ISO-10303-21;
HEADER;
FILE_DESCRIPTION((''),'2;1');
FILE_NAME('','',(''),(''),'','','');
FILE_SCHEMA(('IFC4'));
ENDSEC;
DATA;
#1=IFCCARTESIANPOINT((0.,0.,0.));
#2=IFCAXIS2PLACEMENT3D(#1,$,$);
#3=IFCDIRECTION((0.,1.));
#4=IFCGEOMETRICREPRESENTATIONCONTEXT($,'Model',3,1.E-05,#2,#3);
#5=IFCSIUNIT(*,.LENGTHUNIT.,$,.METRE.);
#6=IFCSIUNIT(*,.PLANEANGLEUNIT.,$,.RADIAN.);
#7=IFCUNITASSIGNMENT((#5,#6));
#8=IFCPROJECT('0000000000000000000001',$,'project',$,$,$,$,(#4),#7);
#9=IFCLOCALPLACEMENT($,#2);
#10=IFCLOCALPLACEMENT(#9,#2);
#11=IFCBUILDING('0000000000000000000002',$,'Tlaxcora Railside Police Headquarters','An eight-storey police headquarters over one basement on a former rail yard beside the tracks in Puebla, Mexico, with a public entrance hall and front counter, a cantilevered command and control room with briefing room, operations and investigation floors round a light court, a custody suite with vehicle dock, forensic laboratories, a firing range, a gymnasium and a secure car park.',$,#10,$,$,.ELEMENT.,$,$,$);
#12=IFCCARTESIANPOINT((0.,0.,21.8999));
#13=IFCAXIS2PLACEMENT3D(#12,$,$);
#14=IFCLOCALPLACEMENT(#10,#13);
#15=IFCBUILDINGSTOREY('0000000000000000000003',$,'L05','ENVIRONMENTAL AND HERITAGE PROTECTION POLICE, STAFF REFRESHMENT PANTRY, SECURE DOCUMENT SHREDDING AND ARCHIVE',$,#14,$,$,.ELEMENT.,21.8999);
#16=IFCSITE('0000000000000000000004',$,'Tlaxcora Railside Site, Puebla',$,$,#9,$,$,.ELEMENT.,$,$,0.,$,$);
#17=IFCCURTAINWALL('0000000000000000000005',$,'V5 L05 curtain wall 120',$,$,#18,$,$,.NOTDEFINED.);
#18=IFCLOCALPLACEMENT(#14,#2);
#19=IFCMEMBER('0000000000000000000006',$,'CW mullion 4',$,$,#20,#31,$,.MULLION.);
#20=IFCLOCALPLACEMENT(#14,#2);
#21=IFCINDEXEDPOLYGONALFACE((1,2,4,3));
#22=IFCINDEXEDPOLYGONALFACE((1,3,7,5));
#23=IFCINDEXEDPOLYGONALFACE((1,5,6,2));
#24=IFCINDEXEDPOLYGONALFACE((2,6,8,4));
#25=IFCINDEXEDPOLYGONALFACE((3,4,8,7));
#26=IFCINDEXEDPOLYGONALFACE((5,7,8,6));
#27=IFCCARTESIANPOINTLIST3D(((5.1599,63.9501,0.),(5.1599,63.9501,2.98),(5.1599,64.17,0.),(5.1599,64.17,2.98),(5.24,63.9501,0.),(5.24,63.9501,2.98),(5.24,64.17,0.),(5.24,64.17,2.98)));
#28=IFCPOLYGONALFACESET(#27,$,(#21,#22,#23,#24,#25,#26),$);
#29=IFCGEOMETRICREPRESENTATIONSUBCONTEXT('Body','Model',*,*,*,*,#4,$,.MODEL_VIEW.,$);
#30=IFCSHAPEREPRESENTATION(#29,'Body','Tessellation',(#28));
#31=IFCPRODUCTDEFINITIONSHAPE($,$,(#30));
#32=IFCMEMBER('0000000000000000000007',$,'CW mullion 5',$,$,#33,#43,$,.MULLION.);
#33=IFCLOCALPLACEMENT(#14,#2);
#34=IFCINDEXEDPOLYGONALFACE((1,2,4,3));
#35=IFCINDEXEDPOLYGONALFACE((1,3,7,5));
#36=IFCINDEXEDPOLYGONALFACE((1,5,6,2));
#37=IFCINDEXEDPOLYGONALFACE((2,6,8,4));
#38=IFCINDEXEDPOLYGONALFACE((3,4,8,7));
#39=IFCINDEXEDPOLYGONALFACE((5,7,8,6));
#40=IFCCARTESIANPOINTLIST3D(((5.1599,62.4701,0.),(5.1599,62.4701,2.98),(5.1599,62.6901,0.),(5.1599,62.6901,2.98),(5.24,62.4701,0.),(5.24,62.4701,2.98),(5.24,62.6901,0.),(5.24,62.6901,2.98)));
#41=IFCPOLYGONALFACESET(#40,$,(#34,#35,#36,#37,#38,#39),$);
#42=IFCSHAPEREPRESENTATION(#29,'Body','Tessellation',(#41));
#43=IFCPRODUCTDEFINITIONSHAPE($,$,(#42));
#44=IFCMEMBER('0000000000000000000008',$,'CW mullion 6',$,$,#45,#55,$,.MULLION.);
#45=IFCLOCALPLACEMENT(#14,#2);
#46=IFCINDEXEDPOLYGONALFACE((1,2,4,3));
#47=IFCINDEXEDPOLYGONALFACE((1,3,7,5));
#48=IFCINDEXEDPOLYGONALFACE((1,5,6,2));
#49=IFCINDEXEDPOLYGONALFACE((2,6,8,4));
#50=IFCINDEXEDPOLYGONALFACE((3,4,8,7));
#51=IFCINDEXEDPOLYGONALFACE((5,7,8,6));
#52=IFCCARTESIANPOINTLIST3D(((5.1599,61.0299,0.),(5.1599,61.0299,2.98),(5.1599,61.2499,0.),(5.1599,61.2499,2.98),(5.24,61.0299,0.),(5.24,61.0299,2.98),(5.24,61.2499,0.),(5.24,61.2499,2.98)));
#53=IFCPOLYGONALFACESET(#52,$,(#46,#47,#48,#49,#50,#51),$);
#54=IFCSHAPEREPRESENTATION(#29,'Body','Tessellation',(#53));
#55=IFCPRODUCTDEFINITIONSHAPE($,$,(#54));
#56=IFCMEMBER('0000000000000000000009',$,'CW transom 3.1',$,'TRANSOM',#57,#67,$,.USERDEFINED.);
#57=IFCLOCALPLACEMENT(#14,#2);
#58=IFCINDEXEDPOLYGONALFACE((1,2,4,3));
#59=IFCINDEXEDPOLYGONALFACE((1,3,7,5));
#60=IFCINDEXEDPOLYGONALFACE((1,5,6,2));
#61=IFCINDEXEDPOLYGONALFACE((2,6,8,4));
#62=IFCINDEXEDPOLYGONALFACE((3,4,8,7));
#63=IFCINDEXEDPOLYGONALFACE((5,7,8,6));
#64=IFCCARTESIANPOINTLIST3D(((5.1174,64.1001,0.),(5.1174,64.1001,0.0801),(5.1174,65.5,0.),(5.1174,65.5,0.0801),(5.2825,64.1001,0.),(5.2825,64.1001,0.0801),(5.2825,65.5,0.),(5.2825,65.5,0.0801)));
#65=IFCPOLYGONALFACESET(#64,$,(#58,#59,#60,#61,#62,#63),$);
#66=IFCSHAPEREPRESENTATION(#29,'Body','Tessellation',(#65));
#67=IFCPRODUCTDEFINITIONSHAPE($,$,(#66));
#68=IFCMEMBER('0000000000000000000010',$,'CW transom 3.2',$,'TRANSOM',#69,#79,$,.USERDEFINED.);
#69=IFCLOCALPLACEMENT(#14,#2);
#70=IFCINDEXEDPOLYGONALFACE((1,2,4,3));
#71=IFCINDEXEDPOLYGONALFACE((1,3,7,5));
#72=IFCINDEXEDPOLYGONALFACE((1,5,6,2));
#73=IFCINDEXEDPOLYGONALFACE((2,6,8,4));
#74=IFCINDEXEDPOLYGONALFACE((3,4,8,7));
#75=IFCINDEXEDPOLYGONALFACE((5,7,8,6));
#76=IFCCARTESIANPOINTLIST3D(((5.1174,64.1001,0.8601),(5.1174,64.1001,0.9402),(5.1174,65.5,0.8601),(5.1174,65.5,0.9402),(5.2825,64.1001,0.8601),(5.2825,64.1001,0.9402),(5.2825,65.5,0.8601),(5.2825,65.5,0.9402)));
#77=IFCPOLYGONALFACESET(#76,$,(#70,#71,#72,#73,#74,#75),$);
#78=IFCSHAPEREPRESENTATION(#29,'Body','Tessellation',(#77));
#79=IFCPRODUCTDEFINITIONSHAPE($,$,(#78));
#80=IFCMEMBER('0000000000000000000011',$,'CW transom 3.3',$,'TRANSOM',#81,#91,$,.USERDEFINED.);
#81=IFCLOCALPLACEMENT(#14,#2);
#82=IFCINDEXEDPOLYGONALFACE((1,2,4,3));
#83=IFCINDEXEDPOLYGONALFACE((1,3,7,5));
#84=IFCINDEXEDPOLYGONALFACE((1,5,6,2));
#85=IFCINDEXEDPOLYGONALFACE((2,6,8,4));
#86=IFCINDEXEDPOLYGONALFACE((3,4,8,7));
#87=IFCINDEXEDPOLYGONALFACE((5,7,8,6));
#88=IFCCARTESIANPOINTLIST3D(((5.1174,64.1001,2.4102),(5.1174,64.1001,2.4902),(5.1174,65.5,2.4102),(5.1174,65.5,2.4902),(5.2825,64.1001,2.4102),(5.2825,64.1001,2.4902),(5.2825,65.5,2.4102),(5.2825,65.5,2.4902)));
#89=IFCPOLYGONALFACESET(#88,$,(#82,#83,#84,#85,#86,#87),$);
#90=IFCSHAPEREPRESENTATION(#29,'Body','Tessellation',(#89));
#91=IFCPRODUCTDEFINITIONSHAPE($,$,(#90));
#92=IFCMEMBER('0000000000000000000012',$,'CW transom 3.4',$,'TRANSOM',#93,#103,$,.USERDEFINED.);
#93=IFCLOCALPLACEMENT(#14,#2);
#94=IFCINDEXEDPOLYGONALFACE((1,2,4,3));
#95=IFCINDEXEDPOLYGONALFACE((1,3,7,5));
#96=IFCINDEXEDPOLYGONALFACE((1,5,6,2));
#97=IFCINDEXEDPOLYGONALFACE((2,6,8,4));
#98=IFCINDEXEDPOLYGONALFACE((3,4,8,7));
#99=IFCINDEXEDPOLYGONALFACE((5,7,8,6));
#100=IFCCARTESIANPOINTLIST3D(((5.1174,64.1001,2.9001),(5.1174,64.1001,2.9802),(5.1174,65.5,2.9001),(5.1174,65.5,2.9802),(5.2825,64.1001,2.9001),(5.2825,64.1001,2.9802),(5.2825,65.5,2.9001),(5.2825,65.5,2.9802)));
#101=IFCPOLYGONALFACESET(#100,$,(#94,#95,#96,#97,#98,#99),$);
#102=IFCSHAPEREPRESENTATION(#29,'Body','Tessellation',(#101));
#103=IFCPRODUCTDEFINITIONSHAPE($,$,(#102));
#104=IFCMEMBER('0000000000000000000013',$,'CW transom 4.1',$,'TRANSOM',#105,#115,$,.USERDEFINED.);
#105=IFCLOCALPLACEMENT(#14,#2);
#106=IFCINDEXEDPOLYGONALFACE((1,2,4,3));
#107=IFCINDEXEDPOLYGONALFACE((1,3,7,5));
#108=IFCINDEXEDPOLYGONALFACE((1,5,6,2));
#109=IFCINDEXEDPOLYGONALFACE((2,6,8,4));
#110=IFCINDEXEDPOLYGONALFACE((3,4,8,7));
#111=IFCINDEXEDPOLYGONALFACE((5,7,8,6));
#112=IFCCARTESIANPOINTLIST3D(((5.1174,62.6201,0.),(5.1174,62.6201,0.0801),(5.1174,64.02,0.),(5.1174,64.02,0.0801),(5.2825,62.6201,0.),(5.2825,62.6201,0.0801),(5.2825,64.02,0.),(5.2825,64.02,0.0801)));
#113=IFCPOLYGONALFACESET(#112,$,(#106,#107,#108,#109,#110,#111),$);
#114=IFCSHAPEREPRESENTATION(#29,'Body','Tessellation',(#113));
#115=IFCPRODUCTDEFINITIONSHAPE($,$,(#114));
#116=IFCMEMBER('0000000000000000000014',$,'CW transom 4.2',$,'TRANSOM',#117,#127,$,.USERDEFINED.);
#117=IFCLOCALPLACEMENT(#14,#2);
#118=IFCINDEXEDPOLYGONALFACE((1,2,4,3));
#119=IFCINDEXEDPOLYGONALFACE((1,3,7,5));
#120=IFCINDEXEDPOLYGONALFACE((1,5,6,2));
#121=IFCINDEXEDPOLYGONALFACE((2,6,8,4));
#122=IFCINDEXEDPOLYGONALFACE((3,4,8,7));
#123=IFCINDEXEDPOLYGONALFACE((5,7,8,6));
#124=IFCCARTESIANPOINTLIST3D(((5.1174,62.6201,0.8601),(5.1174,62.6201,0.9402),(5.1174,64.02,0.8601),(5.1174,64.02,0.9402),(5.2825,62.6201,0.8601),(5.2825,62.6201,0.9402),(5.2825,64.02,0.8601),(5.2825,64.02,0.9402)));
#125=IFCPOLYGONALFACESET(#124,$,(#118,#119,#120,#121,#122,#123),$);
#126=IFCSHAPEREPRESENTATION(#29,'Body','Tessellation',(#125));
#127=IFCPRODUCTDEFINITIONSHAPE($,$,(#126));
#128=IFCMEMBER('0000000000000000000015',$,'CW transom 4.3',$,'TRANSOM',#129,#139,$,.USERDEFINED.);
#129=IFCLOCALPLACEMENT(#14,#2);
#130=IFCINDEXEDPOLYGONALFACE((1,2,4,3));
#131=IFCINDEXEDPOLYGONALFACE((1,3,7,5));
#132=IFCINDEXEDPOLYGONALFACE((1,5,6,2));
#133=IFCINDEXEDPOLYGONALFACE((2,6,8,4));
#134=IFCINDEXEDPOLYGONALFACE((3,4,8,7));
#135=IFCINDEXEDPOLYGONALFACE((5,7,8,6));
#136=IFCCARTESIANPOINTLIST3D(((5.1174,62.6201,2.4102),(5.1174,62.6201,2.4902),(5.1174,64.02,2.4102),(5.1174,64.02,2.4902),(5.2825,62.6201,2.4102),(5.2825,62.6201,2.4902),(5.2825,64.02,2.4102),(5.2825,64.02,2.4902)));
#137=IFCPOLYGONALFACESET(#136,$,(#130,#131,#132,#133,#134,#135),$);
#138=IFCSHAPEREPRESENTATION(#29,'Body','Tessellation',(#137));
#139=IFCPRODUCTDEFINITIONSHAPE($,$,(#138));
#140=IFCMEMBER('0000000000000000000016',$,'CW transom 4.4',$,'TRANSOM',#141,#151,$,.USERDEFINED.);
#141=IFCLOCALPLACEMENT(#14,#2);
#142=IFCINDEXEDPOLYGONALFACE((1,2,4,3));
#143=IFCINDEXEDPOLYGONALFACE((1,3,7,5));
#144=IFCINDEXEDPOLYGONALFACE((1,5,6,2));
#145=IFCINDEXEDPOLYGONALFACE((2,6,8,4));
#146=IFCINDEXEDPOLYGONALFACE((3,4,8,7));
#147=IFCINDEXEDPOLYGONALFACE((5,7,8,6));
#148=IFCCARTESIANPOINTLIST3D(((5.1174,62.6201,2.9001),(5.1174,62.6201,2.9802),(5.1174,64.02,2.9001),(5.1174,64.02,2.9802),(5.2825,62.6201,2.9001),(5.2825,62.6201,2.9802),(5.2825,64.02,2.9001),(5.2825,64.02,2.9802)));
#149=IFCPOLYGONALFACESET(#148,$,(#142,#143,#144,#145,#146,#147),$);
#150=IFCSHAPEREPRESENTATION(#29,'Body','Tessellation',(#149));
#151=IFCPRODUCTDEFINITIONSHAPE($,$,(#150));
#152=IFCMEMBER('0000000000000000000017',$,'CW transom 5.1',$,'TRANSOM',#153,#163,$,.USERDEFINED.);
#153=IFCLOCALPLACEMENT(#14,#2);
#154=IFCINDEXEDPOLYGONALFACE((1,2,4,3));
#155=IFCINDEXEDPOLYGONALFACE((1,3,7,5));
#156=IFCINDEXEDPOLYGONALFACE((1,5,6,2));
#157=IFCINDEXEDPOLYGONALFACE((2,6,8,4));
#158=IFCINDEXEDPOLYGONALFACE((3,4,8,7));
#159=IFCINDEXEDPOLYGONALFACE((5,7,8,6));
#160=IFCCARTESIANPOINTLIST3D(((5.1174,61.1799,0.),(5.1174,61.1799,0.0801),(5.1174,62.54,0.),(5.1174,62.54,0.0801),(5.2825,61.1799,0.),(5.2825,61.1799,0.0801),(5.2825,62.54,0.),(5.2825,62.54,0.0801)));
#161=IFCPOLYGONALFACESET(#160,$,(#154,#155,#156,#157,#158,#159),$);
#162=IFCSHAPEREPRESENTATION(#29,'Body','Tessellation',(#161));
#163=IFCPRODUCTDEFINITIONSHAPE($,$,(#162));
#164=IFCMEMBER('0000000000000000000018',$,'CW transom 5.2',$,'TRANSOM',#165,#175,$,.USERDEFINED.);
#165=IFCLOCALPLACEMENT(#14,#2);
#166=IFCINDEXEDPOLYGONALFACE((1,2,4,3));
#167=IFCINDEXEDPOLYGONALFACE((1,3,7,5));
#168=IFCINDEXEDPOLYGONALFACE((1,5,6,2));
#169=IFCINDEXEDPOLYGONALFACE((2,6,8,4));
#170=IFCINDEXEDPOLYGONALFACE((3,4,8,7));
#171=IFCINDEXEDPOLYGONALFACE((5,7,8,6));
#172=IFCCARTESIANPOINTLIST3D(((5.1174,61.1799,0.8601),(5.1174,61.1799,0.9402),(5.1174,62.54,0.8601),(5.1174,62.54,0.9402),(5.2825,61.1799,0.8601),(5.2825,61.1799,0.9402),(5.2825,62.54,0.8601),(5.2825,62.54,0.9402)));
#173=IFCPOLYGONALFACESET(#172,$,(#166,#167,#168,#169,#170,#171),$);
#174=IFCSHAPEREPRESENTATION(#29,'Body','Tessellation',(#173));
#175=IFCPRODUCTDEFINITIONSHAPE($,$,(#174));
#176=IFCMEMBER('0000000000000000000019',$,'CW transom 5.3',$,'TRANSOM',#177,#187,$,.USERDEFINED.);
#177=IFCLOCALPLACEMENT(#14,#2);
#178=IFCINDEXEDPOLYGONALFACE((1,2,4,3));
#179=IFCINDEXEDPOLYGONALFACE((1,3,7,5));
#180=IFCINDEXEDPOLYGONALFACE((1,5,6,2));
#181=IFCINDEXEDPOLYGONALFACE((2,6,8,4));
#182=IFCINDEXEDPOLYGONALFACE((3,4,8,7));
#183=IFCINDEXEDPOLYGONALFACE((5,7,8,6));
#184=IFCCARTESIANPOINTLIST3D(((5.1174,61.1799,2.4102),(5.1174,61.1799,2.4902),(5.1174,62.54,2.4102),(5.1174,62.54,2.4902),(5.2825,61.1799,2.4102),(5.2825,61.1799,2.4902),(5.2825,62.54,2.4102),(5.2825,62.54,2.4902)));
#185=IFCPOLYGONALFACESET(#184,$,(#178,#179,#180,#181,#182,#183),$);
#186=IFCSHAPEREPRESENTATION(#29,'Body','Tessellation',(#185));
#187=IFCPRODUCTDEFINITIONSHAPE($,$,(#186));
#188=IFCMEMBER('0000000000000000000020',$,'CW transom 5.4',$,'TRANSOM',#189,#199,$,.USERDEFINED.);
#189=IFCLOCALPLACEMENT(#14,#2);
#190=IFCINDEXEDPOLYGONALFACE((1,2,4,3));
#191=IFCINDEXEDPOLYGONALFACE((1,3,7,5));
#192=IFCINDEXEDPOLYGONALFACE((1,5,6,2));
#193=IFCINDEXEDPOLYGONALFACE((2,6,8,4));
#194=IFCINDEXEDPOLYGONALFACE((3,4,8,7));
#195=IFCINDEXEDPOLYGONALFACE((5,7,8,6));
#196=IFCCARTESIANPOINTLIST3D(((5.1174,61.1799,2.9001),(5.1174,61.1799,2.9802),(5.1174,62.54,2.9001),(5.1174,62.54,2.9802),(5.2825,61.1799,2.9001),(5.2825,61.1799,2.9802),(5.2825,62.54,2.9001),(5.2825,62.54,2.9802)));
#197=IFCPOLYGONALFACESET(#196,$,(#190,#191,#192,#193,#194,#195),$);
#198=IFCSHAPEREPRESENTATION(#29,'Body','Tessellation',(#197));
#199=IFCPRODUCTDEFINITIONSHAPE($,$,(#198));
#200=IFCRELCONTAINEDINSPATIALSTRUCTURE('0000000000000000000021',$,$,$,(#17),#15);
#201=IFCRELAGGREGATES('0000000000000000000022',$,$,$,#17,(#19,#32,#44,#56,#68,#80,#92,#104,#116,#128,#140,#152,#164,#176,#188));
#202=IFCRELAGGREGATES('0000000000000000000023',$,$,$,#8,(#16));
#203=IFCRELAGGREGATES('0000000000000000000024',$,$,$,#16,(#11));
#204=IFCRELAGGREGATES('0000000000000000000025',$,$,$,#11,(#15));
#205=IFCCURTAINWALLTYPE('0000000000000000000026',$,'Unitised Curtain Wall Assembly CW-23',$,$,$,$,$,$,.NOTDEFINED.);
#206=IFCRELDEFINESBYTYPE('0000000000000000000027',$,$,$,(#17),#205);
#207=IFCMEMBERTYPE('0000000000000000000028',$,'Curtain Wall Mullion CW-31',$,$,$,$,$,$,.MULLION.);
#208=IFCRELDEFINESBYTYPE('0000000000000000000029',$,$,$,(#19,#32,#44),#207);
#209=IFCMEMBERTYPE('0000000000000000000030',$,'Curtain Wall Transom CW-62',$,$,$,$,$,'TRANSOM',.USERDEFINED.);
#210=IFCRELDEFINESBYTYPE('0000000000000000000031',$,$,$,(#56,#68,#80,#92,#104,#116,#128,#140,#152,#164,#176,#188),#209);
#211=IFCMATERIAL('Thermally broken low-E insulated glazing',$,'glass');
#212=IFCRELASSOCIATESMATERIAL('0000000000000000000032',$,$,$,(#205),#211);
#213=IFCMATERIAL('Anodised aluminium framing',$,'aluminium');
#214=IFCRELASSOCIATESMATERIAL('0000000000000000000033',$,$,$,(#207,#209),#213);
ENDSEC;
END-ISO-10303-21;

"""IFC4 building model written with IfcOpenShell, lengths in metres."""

from ifc_helpers import new_model, si_unit, direction, frame, origin, origin_2d, place, context, subcontext, project, spatial, rectangle, extrude, material, material_profile, profile_set, type_object, element, aggregate, save


model = new_model("IFC4")

# Units and contexts
model_context = context("Model", 3, precision=1e-05, world=origin(), true_north=direction((0.0, 1.0)))
body_context = subcontext(model_context, "Body", "Model", "MODEL_VIEW")
ifc_project = project(units=[si_unit("LENGTHUNIT", "METRE"), si_unit("PLANEANGLEUNIT", "RADIAN")], contexts=[model_context])

# Site, building, storey
site_placement = place(None, origin())
site = spatial("IfcSite", under=ifc_project, at=site_placement, Name="Tlaxcora Railside Site, Puebla", CompositionType="ELEMENT", RefElevation=0.0)
building_placement = place(site_placement, origin())
building = spatial("IfcBuilding", under=site, at=building_placement, Name="Tlaxcora Railside Police Headquarters", Description="An eight-storey police headquarters over one basement on a former rail yard beside the tracks in Puebla, Mexico, with a public entrance hall and front counter, a cantilevered command and control room with briefing room, operations and investigation floors round a light court, a custody suite with vehicle dock, forensic laboratories, a firing range, a gymnasium and a secure car park.", CompositionType="ELEMENT")
storey_placement = place(building_placement, frame((0.0, 0.0, 21.8999)))
storey = spatial("IfcBuildingStorey", under=building, at=storey_placement, Name="L05", Description="ENVIRONMENTAL AND HERITAGE PROTECTION POLICE, STAFF REFRESHMENT PANTRY, SECURE DOCUMENT SHREDDING AND ARCHIVE", CompositionType="ELEMENT", Elevation=21.8999)

# Curtain wall, members
ifc_material_1 = material(Name="Thermally broken low-E insulated glazing", Category="glass")
curtain_wall_type = type_object("IfcCurtainWallType", Name="Unitised Curtain Wall Assembly CW-23", PredefinedType="NOTDEFINED", material=ifc_material_1)
curtain_wall_placement = place(storey_placement, origin())
curtain_wall = element("IfcCurtainWall", 1, at=curtain_wall_placement, inside=storey, type_object=curtain_wall_type, Name="V5 L05 curtain wall 120", PredefinedType="NOTDEFINED")
ifc_material_2 = material(Name="Anodised aluminium framing", Category="aluminium")
ifc_material_profile_1 = material_profile(ifc_material_2, rectangle(XDim=0.0801, YDim=0.22, at=origin_2d()), Name="AL80X220")
ifc_profile_set_1 = profile_set([ifc_material_profile_1], Name="Anodised aluminium framing")
member_type_1 = type_object("IfcMemberType", Name="Curtain Wall Mullion CW-31", PredefinedType="MULLION", material=ifc_profile_set_1)
member_1_placement = place(storey_placement, frame((5.2, 64.0601, 0.0), z_axis=(0.0, 0.0, 1.0), x_axis=(1.0, 0.0, 0.0)))
member_1 = element("IfcMember", 2, at=member_1_placement, type_object=member_type_1, Name="CW mullion 4", PredefinedType="MULLION", context=body_context, shape_type="SweptSolid", body=[
    extrude(rectangle(XDim=0.0801, YDim=0.22, at=origin_2d()), origin(), (0.0, 0.0, 1.0), 2.98),
])
member_2_placement = place(storey_placement, frame((5.2, 62.5801, 0.0), z_axis=(0.0, 0.0, 1.0), x_axis=(1.0, 0.0, 0.0)))
member_2 = element("IfcMember", 3, at=member_2_placement, type_object=member_type_1, Name="CW mullion 5", PredefinedType="MULLION", context=body_context, shape_type="SweptSolid", body=[
    extrude(rectangle(XDim=0.0801, YDim=0.22, at=origin_2d()), origin(), (0.0, 0.0, 1.0), 2.98),
])
member_3_placement = place(storey_placement, frame((5.2, 61.1399, 0.0), z_axis=(0.0, 0.0, 1.0), x_axis=(1.0, 0.0, 0.0)))
member_3 = element("IfcMember", 4, at=member_3_placement, type_object=member_type_1, Name="CW mullion 6", PredefinedType="MULLION", context=body_context, shape_type="SweptSolid", body=[
    extrude(rectangle(XDim=0.0801, YDim=0.22, at=origin_2d()), origin(), (0.0, 0.0, 1.0), 2.98),
])
ifc_material_profile_2 = material_profile(ifc_material_2, rectangle(XDim=0.165, YDim=0.0801, at=origin_2d()), Name="AL80X165")
ifc_profile_set_2 = profile_set([ifc_material_profile_2], Name="Anodised aluminium framing")
member_type_2 = type_object("IfcMemberType", Name="Curtain Wall Transom CW-62", ElementType="TRANSOM", PredefinedType="USERDEFINED", material=ifc_profile_set_2)
member_4_placement = place(storey_placement, frame((5.2, 65.5, 0.04), z_axis=(0.0, -1.0, 0.0), x_axis=(1.0, 0.0, 0.0)))
member_4 = element("IfcMember", 5, at=member_4_placement, type_object=member_type_2, Name="CW transom 3.1", ObjectType="TRANSOM", PredefinedType="USERDEFINED", context=body_context, shape_type="SweptSolid", body=[
    extrude(rectangle(XDim=0.165, YDim=0.0801, at=origin_2d()), origin(), (0.0, 0.0, 1.0), 1.3999),
])
member_5_placement = place(storey_placement, frame((5.2, 65.5, 0.9001), z_axis=(0.0, -1.0, 0.0), x_axis=(1.0, 0.0, 0.0)))
member_5 = element("IfcMember", 6, at=member_5_placement, type_object=member_type_2, Name="CW transom 3.2", ObjectType="TRANSOM", PredefinedType="USERDEFINED", context=body_context, shape_type="SweptSolid", body=[
    extrude(rectangle(XDim=0.165, YDim=0.0801, at=origin_2d()), origin(), (0.0, 0.0, 1.0), 1.3999),
])
member_6_placement = place(storey_placement, frame((5.2, 65.5, 2.4502), z_axis=(0.0, -1.0, 0.0), x_axis=(1.0, 0.0, 0.0)))
member_6 = element("IfcMember", 7, at=member_6_placement, type_object=member_type_2, Name="CW transom 3.3", ObjectType="TRANSOM", PredefinedType="USERDEFINED", context=body_context, shape_type="SweptSolid", body=[
    extrude(rectangle(XDim=0.165, YDim=0.0801, at=origin_2d()), origin(), (0.0, 0.0, 1.0), 1.3999),
])
member_7_placement = place(storey_placement, frame((5.2, 65.5, 2.9402), z_axis=(0.0, -1.0, 0.0), x_axis=(1.0, 0.0, 0.0)))
member_7 = element("IfcMember", 8, at=member_7_placement, type_object=member_type_2, Name="CW transom 3.4", ObjectType="TRANSOM", PredefinedType="USERDEFINED", context=body_context, shape_type="SweptSolid", body=[
    extrude(rectangle(XDim=0.165, YDim=0.0801, at=origin_2d()), origin(), (0.0, 0.0, 1.0), 1.3999),
])
member_8_placement = place(storey_placement, frame((5.2, 64.02, 0.04), z_axis=(0.0, -1.0, 0.0), x_axis=(1.0, 0.0, 0.0)))
member_8 = element("IfcMember", 9, at=member_8_placement, type_object=member_type_2, Name="CW transom 4.1", ObjectType="TRANSOM", PredefinedType="USERDEFINED", context=body_context, shape_type="SweptSolid", body=[
    extrude(rectangle(XDim=0.165, YDim=0.0801, at=origin_2d()), origin(), (0.0, 0.0, 1.0), 1.3999),
])
member_9_placement = place(storey_placement, frame((5.2, 64.02, 0.9001), z_axis=(0.0, -1.0, 0.0), x_axis=(1.0, 0.0, 0.0)))
member_9 = element("IfcMember", 10, at=member_9_placement, type_object=member_type_2, Name="CW transom 4.2", ObjectType="TRANSOM", PredefinedType="USERDEFINED", context=body_context, shape_type="SweptSolid", body=[
    extrude(rectangle(XDim=0.165, YDim=0.0801, at=origin_2d()), origin(), (0.0, 0.0, 1.0), 1.3999),
])
member_10_placement = place(storey_placement, frame((5.2, 64.02, 2.4502), z_axis=(0.0, -1.0, 0.0), x_axis=(1.0, 0.0, 0.0)))
member_10 = element("IfcMember", 11, at=member_10_placement, type_object=member_type_2, Name="CW transom 4.3", ObjectType="TRANSOM", PredefinedType="USERDEFINED", context=body_context, shape_type="SweptSolid", body=[
    extrude(rectangle(XDim=0.165, YDim=0.0801, at=origin_2d()), origin(), (0.0, 0.0, 1.0), 1.3999),
])
member_11_placement = place(storey_placement, frame((5.2, 64.02, 2.9402), z_axis=(0.0, -1.0, 0.0), x_axis=(1.0, 0.0, 0.0)))
member_11 = element("IfcMember", 12, at=member_11_placement, type_object=member_type_2, Name="CW transom 4.4", ObjectType="TRANSOM", PredefinedType="USERDEFINED", context=body_context, shape_type="SweptSolid", body=[
    extrude(rectangle(XDim=0.165, YDim=0.0801, at=origin_2d()), origin(), (0.0, 0.0, 1.0), 1.3999),
])
member_12_placement = place(storey_placement, frame((5.2, 62.54, 0.04), z_axis=(0.0, -1.0, 0.0), x_axis=(1.0, 0.0, 0.0)))
member_12 = element("IfcMember", 13, at=member_12_placement, type_object=member_type_2, Name="CW transom 5.1", ObjectType="TRANSOM", PredefinedType="USERDEFINED", context=body_context, shape_type="SweptSolid", body=[
    extrude(rectangle(XDim=0.165, YDim=0.0801, at=origin_2d()), origin(), (0.0, 0.0, 1.0), 1.3601),
])
member_13_placement = place(storey_placement, frame((5.2, 62.54, 0.9001), z_axis=(0.0, -1.0, 0.0), x_axis=(1.0, 0.0, 0.0)))
member_13 = element("IfcMember", 14, at=member_13_placement, type_object=member_type_2, Name="CW transom 5.2", ObjectType="TRANSOM", PredefinedType="USERDEFINED", context=body_context, shape_type="SweptSolid", body=[
    extrude(rectangle(XDim=0.165, YDim=0.0801, at=origin_2d()), origin(), (0.0, 0.0, 1.0), 1.3601),
])
member_14_placement = place(storey_placement, frame((5.2, 62.54, 2.4502), z_axis=(0.0, -1.0, 0.0), x_axis=(1.0, 0.0, 0.0)))
member_14 = element("IfcMember", 15, at=member_14_placement, type_object=member_type_2, Name="CW transom 5.3", ObjectType="TRANSOM", PredefinedType="USERDEFINED", context=body_context, shape_type="SweptSolid", body=[
    extrude(rectangle(XDim=0.165, YDim=0.0801, at=origin_2d()), origin(), (0.0, 0.0, 1.0), 1.3601),
])
member_15_placement = place(storey_placement, frame((5.2, 62.54, 2.9402), z_axis=(0.0, -1.0, 0.0), x_axis=(1.0, 0.0, 0.0)))
member_15 = element("IfcMember", 16, at=member_15_placement, type_object=member_type_2, Name="CW transom 5.4", ObjectType="TRANSOM", PredefinedType="USERDEFINED", context=body_context, shape_type="SweptSolid", body=[
    extrude(rectangle(XDim=0.165, YDim=0.0801, at=origin_2d()), origin(), (0.0, 0.0, 1.0), 1.3601),
])

aggregate(curtain_wall, [member_1, member_2, member_3, member_4, member_5, member_6, member_7, member_8, member_9, member_10, member_11, member_12, member_13, member_14, member_15])

save(model, "model.ifc")
